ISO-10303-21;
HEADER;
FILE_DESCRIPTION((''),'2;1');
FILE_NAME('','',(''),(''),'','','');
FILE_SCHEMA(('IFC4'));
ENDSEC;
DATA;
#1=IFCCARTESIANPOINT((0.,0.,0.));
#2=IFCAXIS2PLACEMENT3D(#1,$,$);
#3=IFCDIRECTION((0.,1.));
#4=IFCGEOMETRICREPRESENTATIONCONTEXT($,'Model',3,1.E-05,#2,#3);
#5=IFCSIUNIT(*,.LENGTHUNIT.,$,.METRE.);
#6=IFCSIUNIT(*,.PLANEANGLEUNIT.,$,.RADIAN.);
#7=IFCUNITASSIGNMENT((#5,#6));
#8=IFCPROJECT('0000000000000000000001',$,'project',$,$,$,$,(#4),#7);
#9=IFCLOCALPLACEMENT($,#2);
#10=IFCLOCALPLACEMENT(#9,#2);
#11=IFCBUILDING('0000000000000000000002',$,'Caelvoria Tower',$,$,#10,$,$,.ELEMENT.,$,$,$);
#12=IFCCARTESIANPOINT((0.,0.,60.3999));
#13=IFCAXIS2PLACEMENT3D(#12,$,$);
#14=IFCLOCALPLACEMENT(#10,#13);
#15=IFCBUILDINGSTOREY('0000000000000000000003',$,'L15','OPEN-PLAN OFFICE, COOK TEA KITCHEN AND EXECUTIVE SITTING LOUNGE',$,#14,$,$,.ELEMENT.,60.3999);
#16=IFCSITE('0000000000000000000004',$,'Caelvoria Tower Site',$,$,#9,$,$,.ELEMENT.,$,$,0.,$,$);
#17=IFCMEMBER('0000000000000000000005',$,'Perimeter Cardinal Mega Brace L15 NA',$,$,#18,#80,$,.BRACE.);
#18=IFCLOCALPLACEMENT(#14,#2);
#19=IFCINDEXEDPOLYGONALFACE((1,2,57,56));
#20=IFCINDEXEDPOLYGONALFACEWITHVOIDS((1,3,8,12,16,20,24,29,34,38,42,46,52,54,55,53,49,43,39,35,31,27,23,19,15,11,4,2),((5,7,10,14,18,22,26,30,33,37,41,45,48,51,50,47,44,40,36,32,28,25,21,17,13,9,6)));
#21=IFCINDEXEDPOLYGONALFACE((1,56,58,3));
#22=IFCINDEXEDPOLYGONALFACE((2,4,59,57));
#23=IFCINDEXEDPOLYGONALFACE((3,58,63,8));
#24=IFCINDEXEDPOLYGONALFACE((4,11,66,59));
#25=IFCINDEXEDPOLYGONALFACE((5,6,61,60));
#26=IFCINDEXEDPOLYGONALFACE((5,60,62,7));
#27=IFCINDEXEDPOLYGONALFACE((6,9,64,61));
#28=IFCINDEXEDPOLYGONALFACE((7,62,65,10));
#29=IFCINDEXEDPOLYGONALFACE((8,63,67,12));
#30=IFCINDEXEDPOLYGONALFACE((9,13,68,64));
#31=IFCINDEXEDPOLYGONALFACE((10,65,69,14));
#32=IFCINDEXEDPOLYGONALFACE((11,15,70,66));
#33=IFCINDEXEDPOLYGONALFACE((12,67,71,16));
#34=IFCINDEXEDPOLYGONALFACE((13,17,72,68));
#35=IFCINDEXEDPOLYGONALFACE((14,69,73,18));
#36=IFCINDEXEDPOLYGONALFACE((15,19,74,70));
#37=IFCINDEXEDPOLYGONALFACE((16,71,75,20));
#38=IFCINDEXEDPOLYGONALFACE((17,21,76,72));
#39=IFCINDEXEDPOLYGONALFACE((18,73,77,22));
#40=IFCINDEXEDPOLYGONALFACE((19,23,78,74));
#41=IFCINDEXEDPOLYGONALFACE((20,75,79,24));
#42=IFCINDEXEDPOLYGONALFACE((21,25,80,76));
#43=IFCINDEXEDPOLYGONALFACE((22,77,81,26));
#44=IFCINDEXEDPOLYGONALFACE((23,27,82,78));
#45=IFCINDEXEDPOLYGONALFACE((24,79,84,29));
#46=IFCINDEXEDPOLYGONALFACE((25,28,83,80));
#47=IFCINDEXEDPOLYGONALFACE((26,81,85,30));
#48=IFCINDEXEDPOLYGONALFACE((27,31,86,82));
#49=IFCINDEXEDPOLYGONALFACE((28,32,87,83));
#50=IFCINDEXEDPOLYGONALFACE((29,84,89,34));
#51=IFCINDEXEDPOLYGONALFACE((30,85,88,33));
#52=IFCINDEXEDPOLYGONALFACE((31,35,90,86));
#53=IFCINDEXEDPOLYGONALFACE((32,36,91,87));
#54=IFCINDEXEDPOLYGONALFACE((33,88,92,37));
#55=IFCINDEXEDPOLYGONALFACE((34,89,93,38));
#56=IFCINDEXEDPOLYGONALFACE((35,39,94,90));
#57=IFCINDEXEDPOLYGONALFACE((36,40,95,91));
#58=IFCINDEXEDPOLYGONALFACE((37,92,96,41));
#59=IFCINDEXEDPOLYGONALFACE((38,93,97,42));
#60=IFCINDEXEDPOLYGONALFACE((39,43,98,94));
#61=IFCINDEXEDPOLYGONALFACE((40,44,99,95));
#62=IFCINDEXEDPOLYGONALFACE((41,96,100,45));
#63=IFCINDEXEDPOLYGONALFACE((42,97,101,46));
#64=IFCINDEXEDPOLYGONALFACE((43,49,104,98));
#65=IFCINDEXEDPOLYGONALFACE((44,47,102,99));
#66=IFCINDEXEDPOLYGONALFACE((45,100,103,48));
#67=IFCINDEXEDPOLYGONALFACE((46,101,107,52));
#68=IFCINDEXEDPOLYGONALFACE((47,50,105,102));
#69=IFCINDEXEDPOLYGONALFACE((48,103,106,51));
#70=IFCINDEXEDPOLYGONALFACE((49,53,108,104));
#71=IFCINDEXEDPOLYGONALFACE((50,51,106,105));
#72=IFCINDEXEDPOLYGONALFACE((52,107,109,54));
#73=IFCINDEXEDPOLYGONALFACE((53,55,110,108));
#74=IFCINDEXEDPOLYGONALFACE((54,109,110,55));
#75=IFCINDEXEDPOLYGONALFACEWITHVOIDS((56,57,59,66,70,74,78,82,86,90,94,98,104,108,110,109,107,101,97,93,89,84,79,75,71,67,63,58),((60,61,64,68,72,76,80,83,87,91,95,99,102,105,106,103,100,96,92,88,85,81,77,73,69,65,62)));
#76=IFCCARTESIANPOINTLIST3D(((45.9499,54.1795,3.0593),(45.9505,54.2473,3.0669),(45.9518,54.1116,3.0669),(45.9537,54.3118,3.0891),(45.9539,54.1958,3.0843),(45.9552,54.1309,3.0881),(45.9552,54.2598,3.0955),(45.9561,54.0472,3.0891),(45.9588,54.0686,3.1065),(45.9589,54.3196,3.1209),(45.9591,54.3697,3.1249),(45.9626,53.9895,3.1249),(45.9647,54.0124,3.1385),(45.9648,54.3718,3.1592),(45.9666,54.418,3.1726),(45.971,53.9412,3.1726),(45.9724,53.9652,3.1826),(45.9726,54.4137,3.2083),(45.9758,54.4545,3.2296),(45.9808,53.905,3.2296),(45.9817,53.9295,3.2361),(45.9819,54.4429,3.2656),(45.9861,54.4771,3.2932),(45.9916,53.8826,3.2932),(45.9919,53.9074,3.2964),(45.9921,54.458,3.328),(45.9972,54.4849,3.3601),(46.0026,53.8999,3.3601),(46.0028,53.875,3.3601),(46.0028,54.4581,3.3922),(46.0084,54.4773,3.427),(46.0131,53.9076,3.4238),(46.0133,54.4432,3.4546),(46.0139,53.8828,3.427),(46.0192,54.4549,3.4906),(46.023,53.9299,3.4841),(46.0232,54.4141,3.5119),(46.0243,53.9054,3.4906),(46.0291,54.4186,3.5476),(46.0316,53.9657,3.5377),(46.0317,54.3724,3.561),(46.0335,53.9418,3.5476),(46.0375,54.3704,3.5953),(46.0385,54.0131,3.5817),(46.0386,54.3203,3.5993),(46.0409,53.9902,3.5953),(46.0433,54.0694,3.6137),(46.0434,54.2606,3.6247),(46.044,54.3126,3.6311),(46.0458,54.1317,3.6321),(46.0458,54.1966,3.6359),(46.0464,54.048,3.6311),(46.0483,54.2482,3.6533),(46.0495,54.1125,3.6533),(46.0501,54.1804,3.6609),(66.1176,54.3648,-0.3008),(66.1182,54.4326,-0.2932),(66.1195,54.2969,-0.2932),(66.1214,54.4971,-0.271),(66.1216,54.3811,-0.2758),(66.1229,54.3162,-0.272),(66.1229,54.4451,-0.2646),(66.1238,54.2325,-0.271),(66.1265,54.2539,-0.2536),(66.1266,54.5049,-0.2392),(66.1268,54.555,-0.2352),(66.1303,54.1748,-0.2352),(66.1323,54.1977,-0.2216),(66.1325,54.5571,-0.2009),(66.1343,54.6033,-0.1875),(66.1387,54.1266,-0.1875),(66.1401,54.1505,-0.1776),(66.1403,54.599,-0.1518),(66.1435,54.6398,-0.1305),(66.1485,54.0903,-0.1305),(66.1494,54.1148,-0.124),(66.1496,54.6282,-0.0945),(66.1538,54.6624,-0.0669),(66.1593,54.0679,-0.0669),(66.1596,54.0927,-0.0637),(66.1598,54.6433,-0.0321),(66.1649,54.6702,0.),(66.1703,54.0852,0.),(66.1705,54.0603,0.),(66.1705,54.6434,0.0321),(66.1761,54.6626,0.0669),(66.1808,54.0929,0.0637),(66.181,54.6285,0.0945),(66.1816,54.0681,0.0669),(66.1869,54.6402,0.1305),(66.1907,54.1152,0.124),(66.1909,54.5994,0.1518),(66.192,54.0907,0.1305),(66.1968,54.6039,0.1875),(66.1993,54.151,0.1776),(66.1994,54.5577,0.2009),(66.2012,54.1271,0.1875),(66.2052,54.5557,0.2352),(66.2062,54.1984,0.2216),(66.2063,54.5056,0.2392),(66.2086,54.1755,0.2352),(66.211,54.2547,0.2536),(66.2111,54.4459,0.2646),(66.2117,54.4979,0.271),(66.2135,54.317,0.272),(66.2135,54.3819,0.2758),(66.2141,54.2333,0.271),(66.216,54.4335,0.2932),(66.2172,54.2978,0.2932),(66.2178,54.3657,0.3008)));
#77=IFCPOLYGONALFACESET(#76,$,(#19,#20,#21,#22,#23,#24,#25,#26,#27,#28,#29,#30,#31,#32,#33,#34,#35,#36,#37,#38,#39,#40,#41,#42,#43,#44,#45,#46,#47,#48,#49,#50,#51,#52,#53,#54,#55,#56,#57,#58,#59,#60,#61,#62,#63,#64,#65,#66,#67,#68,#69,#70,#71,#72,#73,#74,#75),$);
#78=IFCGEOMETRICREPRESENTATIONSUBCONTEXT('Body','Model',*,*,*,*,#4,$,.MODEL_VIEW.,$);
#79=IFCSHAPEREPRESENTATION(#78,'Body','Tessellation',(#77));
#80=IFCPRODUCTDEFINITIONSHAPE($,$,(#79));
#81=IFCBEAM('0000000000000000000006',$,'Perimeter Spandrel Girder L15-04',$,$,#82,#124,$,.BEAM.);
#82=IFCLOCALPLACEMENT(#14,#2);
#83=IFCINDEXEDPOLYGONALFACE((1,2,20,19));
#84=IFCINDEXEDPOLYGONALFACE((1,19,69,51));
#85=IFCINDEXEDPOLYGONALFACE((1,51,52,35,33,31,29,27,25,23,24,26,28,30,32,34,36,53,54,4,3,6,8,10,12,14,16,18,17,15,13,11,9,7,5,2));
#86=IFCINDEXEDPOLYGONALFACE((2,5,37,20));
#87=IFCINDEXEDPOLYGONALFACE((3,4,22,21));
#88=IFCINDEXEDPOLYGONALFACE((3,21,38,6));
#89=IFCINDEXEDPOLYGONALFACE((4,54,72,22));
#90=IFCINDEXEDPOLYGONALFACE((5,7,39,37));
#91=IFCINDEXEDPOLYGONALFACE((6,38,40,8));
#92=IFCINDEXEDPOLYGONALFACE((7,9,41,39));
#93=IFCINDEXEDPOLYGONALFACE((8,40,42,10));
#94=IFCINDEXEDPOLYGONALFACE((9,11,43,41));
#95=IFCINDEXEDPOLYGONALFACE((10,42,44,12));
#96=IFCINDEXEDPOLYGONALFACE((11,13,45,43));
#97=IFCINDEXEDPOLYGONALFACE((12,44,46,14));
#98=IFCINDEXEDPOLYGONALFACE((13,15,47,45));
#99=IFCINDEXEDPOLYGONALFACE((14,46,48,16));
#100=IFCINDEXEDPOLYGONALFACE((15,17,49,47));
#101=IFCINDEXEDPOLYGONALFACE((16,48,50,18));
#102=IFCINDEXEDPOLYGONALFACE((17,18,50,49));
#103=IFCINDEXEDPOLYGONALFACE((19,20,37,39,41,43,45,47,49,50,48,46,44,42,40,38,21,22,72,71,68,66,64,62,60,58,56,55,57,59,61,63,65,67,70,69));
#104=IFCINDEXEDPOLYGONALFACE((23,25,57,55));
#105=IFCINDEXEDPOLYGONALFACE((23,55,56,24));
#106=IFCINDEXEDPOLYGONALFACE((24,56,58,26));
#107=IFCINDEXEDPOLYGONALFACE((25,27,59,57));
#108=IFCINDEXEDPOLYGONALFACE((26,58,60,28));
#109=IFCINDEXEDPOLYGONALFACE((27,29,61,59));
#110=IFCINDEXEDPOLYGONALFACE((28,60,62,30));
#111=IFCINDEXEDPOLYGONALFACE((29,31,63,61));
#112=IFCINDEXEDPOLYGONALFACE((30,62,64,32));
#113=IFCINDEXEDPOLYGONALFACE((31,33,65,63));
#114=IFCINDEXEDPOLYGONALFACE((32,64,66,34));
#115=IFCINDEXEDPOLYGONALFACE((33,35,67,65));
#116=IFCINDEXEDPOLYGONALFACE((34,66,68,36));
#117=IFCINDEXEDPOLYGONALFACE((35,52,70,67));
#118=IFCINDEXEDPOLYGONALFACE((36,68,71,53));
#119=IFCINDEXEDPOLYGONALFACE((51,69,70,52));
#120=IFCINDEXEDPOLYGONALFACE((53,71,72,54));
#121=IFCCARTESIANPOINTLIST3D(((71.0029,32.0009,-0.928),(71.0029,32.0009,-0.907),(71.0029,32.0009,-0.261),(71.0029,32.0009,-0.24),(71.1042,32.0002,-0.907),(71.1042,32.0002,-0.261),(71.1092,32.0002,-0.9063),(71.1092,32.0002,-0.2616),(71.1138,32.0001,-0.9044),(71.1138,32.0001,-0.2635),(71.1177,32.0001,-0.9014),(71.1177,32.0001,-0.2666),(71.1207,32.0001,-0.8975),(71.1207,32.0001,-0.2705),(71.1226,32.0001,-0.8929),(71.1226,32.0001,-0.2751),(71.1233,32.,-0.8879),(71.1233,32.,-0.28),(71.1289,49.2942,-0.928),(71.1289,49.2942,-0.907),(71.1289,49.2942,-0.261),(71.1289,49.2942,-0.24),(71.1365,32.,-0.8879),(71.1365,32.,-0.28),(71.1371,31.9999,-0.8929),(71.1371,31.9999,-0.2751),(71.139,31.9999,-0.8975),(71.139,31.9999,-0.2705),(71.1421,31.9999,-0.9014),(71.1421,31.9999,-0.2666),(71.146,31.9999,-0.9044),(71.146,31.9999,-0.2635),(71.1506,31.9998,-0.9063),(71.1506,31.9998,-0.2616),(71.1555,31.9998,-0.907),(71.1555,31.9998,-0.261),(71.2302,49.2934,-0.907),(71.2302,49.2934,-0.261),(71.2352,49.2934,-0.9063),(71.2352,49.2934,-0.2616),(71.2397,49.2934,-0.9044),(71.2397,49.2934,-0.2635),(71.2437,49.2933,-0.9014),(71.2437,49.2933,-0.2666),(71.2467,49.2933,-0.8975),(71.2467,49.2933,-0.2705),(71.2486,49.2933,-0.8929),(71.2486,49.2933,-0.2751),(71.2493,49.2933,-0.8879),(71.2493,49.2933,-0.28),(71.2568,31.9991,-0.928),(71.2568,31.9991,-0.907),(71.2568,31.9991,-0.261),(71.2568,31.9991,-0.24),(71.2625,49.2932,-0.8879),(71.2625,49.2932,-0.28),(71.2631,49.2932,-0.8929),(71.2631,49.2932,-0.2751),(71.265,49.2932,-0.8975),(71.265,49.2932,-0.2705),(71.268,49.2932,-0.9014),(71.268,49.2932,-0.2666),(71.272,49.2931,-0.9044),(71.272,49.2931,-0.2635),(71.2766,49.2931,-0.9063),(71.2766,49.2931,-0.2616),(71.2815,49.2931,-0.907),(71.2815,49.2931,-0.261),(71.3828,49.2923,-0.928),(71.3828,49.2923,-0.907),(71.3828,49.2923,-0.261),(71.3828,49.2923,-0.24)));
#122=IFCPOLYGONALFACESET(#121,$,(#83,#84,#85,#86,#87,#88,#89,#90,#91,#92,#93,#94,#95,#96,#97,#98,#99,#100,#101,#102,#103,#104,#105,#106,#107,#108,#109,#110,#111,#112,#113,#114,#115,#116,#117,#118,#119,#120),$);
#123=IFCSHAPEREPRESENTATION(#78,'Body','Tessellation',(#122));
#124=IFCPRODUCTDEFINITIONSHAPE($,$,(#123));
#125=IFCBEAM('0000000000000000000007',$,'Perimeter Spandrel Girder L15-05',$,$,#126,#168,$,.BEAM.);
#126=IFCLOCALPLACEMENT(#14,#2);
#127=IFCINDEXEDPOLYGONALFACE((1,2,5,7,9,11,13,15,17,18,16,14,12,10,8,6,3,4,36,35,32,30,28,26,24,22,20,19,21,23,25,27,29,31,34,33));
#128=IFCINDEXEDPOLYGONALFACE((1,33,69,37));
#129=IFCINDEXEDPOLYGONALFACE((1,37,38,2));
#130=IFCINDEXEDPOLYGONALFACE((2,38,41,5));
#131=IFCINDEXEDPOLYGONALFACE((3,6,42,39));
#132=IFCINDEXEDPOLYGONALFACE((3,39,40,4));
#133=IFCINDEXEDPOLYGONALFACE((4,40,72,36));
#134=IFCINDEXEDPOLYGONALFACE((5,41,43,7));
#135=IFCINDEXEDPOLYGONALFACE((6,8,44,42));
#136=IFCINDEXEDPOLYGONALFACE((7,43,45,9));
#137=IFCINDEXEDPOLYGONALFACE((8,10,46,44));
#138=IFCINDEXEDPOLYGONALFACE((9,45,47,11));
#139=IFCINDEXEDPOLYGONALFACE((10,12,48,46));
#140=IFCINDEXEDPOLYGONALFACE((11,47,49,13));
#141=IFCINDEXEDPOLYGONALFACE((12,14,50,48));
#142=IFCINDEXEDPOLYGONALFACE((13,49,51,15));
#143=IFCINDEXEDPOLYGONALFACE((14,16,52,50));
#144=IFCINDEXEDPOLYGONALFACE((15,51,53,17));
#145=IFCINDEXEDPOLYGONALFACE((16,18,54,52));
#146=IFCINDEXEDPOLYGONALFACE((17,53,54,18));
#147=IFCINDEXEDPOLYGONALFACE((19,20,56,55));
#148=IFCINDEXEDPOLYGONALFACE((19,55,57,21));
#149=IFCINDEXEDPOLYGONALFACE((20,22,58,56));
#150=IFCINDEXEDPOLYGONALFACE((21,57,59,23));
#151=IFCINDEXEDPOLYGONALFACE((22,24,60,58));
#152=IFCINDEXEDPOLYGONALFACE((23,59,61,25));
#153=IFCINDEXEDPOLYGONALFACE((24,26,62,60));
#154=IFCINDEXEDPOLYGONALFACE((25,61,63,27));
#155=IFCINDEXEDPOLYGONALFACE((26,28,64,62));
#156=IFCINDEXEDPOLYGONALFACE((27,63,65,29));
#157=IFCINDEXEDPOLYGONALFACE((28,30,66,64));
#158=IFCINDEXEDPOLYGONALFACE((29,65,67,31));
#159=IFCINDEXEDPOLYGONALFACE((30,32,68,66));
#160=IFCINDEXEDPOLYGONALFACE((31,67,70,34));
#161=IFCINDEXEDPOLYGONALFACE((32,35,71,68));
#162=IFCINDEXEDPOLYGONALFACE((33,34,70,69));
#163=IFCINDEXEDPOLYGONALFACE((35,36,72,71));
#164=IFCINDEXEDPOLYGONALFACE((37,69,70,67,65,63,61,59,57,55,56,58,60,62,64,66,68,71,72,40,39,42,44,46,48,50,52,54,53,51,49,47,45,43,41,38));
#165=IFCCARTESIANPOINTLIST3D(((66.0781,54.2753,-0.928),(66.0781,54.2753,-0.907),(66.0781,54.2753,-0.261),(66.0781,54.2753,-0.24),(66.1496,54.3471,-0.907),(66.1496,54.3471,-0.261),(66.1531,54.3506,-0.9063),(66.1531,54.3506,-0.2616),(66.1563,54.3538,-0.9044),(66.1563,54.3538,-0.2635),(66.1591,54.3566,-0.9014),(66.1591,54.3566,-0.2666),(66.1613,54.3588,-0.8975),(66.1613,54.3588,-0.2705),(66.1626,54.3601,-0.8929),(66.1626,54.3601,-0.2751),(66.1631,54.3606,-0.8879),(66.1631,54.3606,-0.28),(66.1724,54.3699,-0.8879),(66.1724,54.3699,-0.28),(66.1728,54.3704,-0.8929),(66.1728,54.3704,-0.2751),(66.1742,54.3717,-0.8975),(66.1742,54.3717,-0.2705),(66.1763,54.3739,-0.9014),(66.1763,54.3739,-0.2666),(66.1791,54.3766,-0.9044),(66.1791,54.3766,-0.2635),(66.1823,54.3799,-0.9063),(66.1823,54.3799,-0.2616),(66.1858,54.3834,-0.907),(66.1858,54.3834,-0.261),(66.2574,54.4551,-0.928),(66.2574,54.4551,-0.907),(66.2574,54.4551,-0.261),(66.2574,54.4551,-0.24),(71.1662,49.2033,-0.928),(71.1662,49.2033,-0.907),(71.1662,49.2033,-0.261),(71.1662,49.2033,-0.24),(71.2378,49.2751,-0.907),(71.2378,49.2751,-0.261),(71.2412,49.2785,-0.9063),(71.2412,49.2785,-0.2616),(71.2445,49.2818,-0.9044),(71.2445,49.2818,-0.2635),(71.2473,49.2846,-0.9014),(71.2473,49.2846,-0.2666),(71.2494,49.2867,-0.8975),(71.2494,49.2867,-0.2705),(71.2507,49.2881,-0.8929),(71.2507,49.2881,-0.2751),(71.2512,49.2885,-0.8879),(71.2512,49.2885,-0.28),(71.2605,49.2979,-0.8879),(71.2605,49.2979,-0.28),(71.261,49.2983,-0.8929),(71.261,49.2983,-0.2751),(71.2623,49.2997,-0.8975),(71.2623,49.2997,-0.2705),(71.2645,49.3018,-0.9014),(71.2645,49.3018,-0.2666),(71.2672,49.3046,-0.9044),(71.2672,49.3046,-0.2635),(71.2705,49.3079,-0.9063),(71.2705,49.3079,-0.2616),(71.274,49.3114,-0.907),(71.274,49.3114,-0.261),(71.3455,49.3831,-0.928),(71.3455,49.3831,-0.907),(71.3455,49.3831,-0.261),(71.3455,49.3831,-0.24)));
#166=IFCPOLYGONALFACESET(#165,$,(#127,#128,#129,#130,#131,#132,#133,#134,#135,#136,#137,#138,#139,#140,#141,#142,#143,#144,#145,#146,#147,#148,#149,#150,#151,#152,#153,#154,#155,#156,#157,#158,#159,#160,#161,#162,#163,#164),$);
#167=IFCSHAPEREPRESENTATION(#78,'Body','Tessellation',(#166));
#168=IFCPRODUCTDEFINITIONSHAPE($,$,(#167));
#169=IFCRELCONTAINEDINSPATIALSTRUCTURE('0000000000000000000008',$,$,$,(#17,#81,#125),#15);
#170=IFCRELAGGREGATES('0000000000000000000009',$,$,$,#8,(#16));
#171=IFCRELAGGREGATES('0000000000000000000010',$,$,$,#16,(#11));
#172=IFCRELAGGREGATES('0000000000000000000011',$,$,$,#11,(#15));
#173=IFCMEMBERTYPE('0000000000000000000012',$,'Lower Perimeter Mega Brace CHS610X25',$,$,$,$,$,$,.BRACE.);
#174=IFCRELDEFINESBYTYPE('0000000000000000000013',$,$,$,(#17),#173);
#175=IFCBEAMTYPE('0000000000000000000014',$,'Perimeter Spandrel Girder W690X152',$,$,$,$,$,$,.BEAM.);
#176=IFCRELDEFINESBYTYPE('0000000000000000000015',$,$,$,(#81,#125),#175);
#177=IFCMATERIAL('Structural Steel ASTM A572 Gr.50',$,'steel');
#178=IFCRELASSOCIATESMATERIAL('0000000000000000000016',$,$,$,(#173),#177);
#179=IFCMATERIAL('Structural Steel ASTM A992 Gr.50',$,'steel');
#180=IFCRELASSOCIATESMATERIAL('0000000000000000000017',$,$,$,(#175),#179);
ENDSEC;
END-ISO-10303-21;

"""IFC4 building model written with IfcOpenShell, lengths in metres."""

from ifc_helpers import new_model, si_unit, direction, frame, origin, origin_2d, place, context, subcontext, project, spatial, hollow_circle, i_section, extrude, material, material_profile, profile_set, type_object, element, save


model = new_model("IFC4")

# Units and contexts
model_context = context("Model", 3, precision=1e-05, world=origin(), true_north=direction((0.0, 1.0)))
body_context = subcontext(model_context, "Body", "Model", "MODEL_VIEW")
ifc_project = project(units=[si_unit("LENGTHUNIT", "METRE"), si_unit("PLANEANGLEUNIT", "RADIAN")], contexts=[model_context])

# Site, building, storey
site_placement = place(None, origin())
site = spatial("IfcSite", under=ifc_project, at=site_placement, Name="Caelvoria Tower Site", CompositionType="ELEMENT", RefElevation=0.0)
building_placement = place(site_placement, origin())
building = spatial("IfcBuilding", under=site, at=building_placement, Name="Caelvoria Tower", CompositionType="ELEMENT")
storey_placement = place(building_placement, frame((0.0, 0.0, 60.3999)))
storey = spatial("IfcBuildingStorey", under=building, at=storey_placement, Name="L15", Description="OPEN-PLAN OFFICE, COOK TEA KITCHEN AND EXECUTIVE SITTING LOUNGE", CompositionType="ELEMENT", Elevation=60.3999)

# Shared definitions
ifc_material_1 = material(Name="Structural Steel ASTM A572 Gr.50", Category="steel")

# Member
ifc_material_profile_1 = material_profile(ifc_material_1, hollow_circle(Radius=0.3049, WallThickness=0.0249, at=origin_2d()), Name="Structural Steel ASTM A572 Gr.50")
ifc_profile_set_1 = profile_set([ifc_material_profile_1], Name="CHS610X25 - Structural Steel ASTM A572 Gr.50")
member_type = type_object("IfcMemberType", Name="Lower Perimeter Mega Brace CHS610X25", PredefinedType="BRACE", material=ifc_profile_set_1)
member_1_placement = place(storey_placement, frame((66.1677, 54.3652, 0.0), z_axis=(-0.986363, -0.009063, 0.164336), x_axis=(0.009188, -0.999958, 0.0)))
element("IfcMember", 1, at=member_1_placement, inside=storey, type_object=member_type, Name="Perimeter Cardinal Mega Brace L15 NA", PredefinedType="BRACE", context=body_context, shape_type="SweptSolid", body=[
    extrude(hollow_circle(Radius=0.3049, WallThickness=0.0249, at=origin_2d()), origin(), (0.0, 0.0, 1.0), 20.4465),
])

# Beams
ifc_material_2 = material(Name="Structural Steel ASTM A992 Gr.50", Category="steel")
ifc_material_profile_2 = material_profile(ifc_material_2, i_section(OverallWidth=0.2539, OverallDepth=0.688, WebThickness=0.0132, FlangeThickness=0.021, FilletRadius=0.019, at=origin_2d()), Name="Structural Steel ASTM A992 Gr.50")
ifc_profile_set_2 = profile_set([ifc_material_profile_2], Name="W690X152 - Structural Steel ASTM A992 Gr.50")
beam_type_1 = type_object("IfcBeamType", Name="Perimeter Spandrel Girder W690X152", PredefinedType="BEAM", material=ifc_profile_set_2)
beam_1_placement = place(storey_placement, frame((71.1299, 32.0, -0.584), z_axis=(0.007285, 0.999973, 0.0), x_axis=(-0.999973, 0.007285, 0.0)))
element("IfcBeam", 2, at=beam_1_placement, inside=storey, type_object=beam_type_1, Name="Perimeter Spandrel Girder L15-04", PredefinedType="BEAM", context=body_context, shape_type="SweptSolid", body=[
    extrude(i_section(OverallWidth=0.2539, OverallDepth=0.688, WebThickness=0.0132, FlangeThickness=0.021, FilletRadius=0.019, at=origin_2d()), origin(), (0.0, 0.0, 1.0), 17.2937),
])
beam_2_placement = place(storey_placement, frame((71.2559, 49.2932, -0.584), z_axis=(-0.708227, 0.705984, 0.0), x_axis=(-0.705984, -0.708227, 0.0)))
element("IfcBeam", 3, at=beam_2_placement, inside=storey, type_object=beam_type_1, Name="Perimeter Spandrel Girder L15-05", PredefinedType="BEAM", context=body_context, shape_type="SweptSolid", body=[
    extrude(i_section(OverallWidth=0.2539, OverallDepth=0.688, WebThickness=0.0132, FlangeThickness=0.021, FilletRadius=0.019, at=origin_2d()), origin(), (0.0, 0.0, 1.0), 7.1843),
])

save(model, "model.ifc")
